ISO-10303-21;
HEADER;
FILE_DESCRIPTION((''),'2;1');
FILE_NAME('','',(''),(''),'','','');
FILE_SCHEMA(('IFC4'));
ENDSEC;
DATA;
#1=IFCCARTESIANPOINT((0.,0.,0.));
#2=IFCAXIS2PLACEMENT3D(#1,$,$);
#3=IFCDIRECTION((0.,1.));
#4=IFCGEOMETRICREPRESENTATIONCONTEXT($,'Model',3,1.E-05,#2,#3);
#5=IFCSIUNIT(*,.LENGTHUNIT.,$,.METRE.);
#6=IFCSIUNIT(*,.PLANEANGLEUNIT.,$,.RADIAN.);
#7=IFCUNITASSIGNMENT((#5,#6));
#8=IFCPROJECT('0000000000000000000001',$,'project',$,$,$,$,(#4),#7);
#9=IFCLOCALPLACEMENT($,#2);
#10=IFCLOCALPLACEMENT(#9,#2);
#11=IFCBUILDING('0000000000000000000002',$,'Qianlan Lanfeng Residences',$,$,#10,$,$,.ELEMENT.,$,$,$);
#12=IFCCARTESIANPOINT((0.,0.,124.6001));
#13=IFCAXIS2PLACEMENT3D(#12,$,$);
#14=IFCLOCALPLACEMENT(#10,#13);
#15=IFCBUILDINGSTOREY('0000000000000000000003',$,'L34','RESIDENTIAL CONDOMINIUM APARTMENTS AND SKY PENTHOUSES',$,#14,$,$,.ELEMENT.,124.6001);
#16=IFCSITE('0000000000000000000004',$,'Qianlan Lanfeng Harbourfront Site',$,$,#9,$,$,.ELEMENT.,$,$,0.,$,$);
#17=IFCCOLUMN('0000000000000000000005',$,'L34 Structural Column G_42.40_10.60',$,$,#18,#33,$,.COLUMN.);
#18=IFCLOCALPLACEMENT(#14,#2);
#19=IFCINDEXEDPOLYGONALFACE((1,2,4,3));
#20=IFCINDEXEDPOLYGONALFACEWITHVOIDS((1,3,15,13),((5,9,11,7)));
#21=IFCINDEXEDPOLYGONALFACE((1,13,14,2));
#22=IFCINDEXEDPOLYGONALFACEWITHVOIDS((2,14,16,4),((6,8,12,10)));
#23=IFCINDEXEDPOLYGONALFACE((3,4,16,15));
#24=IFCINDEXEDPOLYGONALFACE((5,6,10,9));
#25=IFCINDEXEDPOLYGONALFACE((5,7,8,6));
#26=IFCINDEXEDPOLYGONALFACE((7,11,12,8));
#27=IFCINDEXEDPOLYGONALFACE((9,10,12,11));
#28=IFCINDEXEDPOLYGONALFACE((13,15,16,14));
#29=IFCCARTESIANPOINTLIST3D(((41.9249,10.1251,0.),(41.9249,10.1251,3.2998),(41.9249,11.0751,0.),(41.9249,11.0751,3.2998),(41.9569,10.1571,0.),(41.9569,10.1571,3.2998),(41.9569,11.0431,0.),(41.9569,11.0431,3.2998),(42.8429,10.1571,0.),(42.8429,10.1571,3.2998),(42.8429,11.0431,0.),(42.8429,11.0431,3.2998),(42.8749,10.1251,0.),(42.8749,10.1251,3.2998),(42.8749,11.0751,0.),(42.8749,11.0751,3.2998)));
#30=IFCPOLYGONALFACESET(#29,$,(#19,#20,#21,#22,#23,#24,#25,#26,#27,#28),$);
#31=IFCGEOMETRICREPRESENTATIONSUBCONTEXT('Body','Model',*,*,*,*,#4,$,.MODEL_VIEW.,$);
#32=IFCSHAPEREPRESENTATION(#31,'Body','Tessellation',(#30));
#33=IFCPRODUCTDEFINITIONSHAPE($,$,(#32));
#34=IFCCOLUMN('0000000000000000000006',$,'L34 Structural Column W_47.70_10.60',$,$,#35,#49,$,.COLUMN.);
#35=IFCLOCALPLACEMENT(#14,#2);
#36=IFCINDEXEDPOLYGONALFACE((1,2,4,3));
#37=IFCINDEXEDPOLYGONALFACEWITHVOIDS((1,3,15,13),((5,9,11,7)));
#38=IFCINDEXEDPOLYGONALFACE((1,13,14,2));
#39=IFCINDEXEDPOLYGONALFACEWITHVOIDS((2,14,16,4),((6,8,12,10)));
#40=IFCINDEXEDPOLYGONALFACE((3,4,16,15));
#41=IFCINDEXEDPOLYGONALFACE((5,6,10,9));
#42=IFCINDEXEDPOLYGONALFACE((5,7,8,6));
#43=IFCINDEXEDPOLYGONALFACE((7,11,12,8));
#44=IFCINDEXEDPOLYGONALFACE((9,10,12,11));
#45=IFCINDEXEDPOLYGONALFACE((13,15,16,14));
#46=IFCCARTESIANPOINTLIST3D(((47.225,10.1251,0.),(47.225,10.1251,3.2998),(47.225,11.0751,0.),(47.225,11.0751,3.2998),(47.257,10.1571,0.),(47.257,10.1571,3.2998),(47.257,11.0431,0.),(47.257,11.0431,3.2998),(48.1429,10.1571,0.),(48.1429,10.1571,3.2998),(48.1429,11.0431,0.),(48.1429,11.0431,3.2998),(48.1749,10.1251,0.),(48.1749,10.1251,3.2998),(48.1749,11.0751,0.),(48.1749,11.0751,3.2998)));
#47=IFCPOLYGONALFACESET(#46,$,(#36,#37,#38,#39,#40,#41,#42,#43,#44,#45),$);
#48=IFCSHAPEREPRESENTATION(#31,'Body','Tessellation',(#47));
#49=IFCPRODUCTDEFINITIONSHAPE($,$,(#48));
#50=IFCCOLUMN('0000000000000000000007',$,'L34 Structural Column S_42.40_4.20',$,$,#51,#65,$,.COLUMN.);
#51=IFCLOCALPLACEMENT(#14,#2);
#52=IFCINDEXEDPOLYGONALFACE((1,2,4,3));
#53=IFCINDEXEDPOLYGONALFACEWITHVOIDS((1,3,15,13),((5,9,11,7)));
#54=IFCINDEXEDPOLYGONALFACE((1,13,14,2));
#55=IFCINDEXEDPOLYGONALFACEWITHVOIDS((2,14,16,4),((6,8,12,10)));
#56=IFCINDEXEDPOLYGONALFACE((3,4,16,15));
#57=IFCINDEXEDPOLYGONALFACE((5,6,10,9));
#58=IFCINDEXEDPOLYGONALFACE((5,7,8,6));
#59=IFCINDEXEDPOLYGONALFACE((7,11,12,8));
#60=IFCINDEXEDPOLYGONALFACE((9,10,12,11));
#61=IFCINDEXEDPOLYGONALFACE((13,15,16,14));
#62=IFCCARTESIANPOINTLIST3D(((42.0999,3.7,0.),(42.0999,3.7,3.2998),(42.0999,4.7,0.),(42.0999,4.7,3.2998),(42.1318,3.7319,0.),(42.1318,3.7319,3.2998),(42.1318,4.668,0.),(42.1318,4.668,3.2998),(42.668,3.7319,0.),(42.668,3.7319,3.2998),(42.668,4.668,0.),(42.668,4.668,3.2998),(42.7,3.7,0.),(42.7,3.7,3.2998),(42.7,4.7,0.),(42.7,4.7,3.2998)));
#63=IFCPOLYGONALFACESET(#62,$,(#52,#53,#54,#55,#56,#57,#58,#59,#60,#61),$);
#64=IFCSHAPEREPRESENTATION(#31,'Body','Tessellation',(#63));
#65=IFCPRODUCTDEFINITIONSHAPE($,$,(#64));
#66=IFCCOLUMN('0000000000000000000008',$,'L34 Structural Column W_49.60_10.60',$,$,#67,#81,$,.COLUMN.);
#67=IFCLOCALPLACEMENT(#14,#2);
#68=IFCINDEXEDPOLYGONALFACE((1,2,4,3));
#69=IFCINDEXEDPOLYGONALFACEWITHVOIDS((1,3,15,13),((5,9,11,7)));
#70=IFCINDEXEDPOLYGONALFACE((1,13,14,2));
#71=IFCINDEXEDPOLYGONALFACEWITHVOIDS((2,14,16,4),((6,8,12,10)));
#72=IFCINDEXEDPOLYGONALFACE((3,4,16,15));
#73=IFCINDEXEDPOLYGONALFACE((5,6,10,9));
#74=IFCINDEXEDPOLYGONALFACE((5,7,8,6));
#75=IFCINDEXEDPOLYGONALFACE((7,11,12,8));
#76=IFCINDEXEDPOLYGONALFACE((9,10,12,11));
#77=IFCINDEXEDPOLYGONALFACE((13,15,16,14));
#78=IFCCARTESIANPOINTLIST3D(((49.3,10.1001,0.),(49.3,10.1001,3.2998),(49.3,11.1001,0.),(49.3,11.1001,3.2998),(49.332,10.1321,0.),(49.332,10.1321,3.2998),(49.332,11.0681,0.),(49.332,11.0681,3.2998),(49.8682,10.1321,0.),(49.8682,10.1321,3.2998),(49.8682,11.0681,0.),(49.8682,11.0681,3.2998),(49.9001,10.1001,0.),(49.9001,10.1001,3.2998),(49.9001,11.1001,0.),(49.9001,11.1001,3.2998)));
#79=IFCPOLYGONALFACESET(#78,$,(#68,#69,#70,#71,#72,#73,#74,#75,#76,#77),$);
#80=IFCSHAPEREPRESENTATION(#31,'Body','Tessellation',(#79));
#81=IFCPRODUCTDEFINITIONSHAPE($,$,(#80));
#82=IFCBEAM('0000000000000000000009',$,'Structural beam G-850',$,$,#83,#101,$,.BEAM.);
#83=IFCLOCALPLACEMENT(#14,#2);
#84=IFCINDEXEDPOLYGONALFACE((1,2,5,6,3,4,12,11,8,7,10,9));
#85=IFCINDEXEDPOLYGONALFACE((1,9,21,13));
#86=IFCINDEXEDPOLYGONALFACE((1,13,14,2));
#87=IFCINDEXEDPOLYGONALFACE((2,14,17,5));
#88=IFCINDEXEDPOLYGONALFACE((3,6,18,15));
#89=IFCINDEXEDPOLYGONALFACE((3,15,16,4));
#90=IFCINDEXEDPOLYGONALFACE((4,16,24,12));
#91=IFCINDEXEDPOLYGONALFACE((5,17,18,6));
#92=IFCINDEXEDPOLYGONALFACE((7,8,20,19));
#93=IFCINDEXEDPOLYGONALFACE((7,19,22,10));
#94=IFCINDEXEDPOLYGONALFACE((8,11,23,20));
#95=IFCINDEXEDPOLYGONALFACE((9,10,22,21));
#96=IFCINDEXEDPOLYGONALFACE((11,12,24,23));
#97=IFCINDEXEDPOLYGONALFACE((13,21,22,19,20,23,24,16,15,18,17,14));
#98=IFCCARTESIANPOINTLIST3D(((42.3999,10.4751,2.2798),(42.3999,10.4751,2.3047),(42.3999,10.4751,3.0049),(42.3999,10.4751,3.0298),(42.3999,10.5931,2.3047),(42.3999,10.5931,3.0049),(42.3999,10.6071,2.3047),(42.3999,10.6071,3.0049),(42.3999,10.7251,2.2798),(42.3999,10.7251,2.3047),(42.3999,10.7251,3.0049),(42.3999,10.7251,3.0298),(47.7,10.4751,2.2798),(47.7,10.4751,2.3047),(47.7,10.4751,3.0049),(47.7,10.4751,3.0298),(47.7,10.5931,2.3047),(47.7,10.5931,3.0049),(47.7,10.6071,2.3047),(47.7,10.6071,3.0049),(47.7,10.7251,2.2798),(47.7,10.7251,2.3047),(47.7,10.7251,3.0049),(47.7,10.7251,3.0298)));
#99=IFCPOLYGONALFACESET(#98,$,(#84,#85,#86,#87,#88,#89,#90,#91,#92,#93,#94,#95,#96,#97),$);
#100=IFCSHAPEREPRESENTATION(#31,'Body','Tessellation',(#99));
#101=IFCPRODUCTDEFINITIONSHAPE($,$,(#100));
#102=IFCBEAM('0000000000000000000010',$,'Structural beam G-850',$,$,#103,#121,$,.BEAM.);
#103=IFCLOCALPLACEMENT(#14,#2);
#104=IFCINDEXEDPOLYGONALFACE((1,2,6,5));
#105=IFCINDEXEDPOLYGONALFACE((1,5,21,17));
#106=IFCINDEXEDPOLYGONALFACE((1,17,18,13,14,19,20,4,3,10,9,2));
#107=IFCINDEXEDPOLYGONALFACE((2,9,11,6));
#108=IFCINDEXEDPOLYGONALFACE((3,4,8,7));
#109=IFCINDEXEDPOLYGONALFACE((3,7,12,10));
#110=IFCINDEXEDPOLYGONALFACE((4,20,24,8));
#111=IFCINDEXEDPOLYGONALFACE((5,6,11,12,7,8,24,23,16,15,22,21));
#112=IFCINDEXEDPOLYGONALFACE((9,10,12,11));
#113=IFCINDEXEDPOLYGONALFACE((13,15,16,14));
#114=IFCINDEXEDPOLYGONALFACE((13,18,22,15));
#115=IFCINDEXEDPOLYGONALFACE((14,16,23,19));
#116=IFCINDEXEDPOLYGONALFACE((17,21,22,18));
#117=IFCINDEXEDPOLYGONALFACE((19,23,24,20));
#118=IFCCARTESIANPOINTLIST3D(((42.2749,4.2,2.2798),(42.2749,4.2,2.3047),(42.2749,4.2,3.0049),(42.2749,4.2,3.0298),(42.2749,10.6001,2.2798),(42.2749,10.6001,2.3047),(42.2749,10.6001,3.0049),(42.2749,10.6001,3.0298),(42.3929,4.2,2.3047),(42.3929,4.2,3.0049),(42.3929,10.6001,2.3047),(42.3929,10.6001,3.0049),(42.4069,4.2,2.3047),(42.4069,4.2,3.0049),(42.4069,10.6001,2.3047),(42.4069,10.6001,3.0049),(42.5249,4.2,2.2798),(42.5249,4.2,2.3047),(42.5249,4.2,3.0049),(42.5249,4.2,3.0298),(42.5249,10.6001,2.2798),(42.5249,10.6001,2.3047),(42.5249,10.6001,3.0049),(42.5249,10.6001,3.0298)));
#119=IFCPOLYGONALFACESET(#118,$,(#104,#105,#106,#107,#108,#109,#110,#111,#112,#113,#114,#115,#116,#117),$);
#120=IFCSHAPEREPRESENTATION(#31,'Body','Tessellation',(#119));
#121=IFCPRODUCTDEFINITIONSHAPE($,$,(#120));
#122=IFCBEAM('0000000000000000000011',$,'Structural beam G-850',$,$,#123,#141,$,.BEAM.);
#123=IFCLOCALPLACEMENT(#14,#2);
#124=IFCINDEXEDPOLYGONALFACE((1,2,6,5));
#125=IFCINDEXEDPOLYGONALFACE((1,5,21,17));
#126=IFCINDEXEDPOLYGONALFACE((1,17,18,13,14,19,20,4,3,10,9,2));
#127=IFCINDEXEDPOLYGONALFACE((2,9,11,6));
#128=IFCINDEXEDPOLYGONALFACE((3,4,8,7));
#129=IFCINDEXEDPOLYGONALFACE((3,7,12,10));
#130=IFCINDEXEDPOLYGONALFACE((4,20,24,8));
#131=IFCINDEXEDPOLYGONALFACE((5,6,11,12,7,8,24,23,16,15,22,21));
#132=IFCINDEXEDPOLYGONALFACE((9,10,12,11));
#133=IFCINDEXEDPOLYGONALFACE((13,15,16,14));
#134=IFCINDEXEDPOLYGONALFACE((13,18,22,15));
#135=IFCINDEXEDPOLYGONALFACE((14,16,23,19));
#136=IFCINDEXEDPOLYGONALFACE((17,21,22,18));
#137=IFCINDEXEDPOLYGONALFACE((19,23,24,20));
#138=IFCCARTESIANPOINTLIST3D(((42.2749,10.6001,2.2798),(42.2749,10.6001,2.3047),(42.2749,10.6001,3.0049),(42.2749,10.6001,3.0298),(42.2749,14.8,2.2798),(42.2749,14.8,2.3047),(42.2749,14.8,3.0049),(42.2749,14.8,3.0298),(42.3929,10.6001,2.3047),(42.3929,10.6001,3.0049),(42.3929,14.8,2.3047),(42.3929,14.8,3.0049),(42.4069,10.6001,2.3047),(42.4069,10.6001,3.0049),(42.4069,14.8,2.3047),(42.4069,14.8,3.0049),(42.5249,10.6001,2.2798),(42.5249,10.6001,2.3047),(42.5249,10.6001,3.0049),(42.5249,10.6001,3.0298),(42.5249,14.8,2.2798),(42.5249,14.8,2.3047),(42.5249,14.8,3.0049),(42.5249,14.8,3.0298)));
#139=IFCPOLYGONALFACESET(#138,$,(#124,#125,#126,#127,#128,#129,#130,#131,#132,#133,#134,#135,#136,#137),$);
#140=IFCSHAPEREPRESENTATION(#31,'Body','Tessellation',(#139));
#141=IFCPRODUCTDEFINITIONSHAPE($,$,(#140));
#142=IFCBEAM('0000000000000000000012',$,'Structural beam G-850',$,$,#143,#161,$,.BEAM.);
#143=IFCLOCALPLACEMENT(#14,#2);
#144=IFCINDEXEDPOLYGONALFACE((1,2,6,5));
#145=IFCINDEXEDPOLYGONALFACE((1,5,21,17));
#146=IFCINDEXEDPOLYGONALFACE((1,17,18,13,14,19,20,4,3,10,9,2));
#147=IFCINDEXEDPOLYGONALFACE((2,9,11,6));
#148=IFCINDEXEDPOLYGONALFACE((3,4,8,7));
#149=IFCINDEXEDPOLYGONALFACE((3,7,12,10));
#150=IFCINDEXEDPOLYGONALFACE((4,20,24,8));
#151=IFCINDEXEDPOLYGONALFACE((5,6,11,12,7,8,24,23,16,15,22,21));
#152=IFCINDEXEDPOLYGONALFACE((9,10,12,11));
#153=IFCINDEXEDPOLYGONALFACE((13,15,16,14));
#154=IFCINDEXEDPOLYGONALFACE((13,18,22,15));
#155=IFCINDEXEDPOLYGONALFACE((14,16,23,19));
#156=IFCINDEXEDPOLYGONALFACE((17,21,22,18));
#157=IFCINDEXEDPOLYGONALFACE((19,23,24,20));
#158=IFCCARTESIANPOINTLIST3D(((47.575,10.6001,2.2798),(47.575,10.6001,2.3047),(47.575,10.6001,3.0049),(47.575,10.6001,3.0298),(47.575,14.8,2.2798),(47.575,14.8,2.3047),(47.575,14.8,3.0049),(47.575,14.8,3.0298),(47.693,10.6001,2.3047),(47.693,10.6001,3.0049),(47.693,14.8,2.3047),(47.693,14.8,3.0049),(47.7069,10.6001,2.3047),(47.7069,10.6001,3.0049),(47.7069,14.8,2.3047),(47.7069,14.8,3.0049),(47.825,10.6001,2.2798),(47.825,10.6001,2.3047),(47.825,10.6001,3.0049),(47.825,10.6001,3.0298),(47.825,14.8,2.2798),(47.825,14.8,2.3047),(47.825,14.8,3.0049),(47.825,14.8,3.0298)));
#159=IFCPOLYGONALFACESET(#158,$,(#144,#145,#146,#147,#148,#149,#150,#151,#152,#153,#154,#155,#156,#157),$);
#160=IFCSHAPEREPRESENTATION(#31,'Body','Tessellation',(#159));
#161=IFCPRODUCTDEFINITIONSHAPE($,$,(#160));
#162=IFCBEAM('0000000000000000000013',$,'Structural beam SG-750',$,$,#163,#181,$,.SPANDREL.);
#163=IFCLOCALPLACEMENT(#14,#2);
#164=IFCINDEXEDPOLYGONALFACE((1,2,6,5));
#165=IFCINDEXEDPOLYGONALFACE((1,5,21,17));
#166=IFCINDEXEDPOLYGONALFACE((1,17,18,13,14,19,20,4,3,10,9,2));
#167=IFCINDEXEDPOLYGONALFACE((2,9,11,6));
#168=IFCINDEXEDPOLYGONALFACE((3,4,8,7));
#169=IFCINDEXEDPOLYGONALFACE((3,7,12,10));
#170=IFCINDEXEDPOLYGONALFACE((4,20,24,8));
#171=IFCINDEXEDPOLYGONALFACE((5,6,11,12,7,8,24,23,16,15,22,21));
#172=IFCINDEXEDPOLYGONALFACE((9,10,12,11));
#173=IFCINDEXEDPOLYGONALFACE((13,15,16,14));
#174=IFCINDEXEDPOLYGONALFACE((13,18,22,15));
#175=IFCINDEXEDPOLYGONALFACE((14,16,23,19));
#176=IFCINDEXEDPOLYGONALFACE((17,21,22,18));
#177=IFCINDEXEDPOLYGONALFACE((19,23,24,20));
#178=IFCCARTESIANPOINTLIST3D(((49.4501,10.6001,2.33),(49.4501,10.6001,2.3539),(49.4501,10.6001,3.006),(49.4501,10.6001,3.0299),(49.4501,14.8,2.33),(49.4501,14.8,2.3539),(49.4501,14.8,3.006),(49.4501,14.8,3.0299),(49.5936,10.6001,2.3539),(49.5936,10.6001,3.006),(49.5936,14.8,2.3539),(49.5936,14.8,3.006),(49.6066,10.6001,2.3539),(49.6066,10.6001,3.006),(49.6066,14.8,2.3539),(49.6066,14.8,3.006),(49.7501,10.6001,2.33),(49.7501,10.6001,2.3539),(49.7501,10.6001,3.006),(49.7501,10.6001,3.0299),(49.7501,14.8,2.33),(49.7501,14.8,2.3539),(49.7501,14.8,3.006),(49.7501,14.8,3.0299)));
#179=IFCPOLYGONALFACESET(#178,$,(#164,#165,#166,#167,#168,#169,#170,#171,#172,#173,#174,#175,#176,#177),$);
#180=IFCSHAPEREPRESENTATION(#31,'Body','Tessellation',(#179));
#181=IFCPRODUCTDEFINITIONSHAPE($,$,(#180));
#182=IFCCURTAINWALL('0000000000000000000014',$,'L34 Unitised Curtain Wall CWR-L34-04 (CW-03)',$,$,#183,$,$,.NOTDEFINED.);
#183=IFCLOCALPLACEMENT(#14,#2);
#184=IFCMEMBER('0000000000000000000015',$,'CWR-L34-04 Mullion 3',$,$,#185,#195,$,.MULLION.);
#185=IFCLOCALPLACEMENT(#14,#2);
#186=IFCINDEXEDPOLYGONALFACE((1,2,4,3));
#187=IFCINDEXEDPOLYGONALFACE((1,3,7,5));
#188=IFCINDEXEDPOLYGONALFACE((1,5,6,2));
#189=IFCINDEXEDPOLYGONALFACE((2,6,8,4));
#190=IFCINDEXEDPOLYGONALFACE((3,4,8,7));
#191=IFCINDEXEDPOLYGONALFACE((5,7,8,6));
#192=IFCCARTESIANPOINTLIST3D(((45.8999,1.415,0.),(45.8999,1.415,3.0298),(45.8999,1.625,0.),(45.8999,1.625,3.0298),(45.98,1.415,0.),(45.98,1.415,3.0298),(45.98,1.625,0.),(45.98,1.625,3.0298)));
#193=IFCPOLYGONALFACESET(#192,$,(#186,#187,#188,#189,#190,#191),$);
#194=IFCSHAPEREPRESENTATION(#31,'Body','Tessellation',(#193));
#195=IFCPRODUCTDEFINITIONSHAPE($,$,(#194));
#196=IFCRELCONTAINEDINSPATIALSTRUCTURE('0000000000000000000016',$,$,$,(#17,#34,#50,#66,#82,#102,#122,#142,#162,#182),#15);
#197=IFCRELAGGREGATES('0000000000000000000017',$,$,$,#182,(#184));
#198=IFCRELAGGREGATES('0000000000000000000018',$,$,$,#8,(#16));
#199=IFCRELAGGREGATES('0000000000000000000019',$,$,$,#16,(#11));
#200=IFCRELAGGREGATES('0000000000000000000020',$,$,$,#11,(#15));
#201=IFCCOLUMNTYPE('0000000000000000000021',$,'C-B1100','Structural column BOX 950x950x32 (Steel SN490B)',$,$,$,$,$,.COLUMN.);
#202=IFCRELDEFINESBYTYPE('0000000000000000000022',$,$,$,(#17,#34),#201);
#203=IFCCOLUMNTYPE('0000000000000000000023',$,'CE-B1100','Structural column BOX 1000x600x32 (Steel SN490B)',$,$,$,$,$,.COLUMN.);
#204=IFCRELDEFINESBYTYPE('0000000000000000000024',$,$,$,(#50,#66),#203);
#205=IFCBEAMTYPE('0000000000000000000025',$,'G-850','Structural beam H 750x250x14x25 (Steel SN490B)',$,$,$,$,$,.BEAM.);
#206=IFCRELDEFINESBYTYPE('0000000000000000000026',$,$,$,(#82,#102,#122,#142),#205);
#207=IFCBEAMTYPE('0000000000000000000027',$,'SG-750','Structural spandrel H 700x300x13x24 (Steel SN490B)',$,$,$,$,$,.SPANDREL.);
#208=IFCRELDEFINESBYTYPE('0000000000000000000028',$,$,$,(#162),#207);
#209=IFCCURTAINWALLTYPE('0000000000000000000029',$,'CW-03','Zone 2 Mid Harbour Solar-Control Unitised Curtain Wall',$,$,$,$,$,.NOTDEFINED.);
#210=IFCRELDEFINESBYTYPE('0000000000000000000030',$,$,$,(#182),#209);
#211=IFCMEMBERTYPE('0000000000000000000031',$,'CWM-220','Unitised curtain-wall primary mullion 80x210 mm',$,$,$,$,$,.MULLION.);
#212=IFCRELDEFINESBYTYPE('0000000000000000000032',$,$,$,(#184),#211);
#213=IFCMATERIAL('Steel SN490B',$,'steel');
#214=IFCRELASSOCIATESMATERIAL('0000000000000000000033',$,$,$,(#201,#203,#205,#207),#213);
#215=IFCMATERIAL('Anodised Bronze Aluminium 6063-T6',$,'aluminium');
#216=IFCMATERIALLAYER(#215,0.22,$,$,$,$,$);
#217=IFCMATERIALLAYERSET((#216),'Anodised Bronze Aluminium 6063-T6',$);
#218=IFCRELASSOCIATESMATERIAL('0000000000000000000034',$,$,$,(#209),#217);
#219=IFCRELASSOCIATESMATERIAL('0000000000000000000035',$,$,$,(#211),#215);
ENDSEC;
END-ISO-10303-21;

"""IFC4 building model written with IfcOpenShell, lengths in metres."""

from ifc_helpers import new_model, si_unit, direction, frame, origin, origin_2d, place, context, subcontext, project, spatial, rectangle, hollow_rectangle, i_section, extrude, source, transform, mapped, material, layer, layer_set, material_profile, profile_set, type_object, element, aggregate, save


model = new_model("IFC4")

# Units and contexts
model_context = context("Model", 3, precision=1e-05, world=origin(), true_north=direction((0.0, 1.0)))
body_context = subcontext(model_context, "Body", "Model", "MODEL_VIEW")
ifc_project = project(units=[si_unit("LENGTHUNIT", "METRE"), si_unit("PLANEANGLEUNIT", "RADIAN")], contexts=[model_context])

# Site, building, storey
site_placement = place(None, origin())
site = spatial("IfcSite", under=ifc_project, at=site_placement, Name="Qianlan Lanfeng Harbourfront Site", CompositionType="ELEMENT", RefElevation=0.0)
building_placement = place(site_placement, origin())
building = spatial("IfcBuilding", under=site, at=building_placement, Name="Qianlan Lanfeng Residences", CompositionType="ELEMENT")
storey_placement = place(building_placement, frame((0.0, 0.0, 124.6001)))
storey = spatial("IfcBuildingStorey", under=building, at=storey_placement, Name="L34", Description="RESIDENTIAL CONDOMINIUM APARTMENTS AND SKY PENTHOUSES", CompositionType="ELEMENT", Elevation=124.6001)

# Columns
ifc_material_1 = material(Name="Steel SN490B", Category="steel")
ifc_material_profile_1 = material_profile(ifc_material_1, hollow_rectangle(XDim=0.95, YDim=0.95, WallThickness=0.032, at=origin_2d()), Name="BOX 950x950x32")
ifc_profile_set_1 = profile_set([ifc_material_profile_1], Name="Steel SN490B")
column_type_1 = type_object("IfcColumnType", Name="C-B1100", Description="Structural column BOX 950x950x32 (Steel SN490B)", PredefinedType="COLUMN", material=ifc_profile_set_1)
for number, where, z_axis, x_axis, name in (
    (1, (42.3999, 10.6001, 0.0), (0.0, 0.0, 1.0), (1.0, 0.0, 0.0), "L34 Structural Column G_42.40_10.60"),
    (2, (47.7, 10.6001, 0.0), (0.0, 0.0, 1.0), (1.0, 0.0, 0.0), "L34 Structural Column W_47.70_10.60"),
):
    element("IfcColumn", number, at=place(storey_placement, frame(where, z_axis=z_axis, x_axis=x_axis)), inside=storey, type_object=column_type_1, Name=name, PredefinedType="COLUMN", context=body_context, shape_type="SweptSolid", body=[
        extrude(hollow_rectangle(XDim=0.95, YDim=0.95, WallThickness=0.032, at=origin_2d()), origin(), (0.0, 0.0, 1.0), 3.2998),
    ])
ifc_material_profile_2 = material_profile(ifc_material_1, hollow_rectangle(XDim=0.6001, YDim=1.0, WallThickness=0.032, at=origin_2d()), Name="BOX 1000x600x32")
ifc_profile_set_2 = profile_set([ifc_material_profile_2], Name="Steel SN490B")
column_type_2 = type_object("IfcColumnType", Name="CE-B1100", Description="Structural column BOX 1000x600x32 (Steel SN490B)", PredefinedType="COLUMN", material=ifc_profile_set_2)
for number, where, z_axis, x_axis, name in (
    (3, (42.3999, 4.2, 0.0), (0.0, 0.0, 1.0), (1.0, 0.0, 0.0), "L34 Structural Column S_42.40_4.20"),
    (4, (49.6001, 10.6001, 0.0), (0.0, 0.0, 1.0), (1.0, 0.0, 0.0), "L34 Structural Column W_49.60_10.60"),
):
    element("IfcColumn", number, at=place(storey_placement, frame(where, z_axis=z_axis, x_axis=x_axis)), inside=storey, type_object=column_type_2, Name=name, PredefinedType="COLUMN", context=body_context, shape_type="SweptSolid", body=[
        extrude(hollow_rectangle(XDim=0.6001, YDim=1.0, WallThickness=0.032, at=origin_2d()), origin(), (0.0, 0.0, 1.0), 3.2998),
    ])

# Beams
ifc_material_profile_3 = material_profile(ifc_material_1, i_section(OverallWidth=0.25, OverallDepth=0.75, WebThickness=0.0139, FlangeThickness=0.0249, at=origin_2d()), Name="H 750x250x14x25")
ifc_profile_set_3 = profile_set([ifc_material_profile_3], Name="Steel SN490B")
beam_type_1 = type_object("IfcBeamType", Name="G-850", Description="Structural beam H 750x250x14x25 (Steel SN490B)", PredefinedType="BEAM", material=ifc_profile_set_3)
beam_1_placement = place(storey_placement, frame((42.3999, 10.6001, 2.6548), z_axis=(1.0, 0.0, 0.0), x_axis=(0.0, 1.0, 0.0)))
element("IfcBeam", 5, at=beam_1_placement, inside=storey, type_object=beam_type_1, Name="Structural beam G-850", PredefinedType="BEAM", context=body_context, shape_type="SweptSolid", body=[
    extrude(i_section(OverallWidth=0.25, OverallDepth=0.75, WebThickness=0.0139, FlangeThickness=0.0249, at=origin_2d()), origin(), (0.0, 0.0, 1.0), 5.3),
])
beam_2_placement = place(storey_placement, frame((42.3999, 4.2, 2.6548), z_axis=(0.0, 1.0, 0.0), x_axis=(-1.0, 0.0, 0.0)))
element("IfcBeam", 6, at=beam_2_placement, inside=storey, type_object=beam_type_1, Name="Structural beam G-850", PredefinedType="BEAM", context=body_context, shape_type="SweptSolid", body=[
    extrude(i_section(OverallWidth=0.25, OverallDepth=0.75, WebThickness=0.0139, FlangeThickness=0.0249, at=origin_2d()), origin(), (0.0, 0.0, 1.0), 6.4001),
])
for number, where, z_axis, x_axis, name in (
    (7, (42.3999, 10.6001, 2.6548), (0.0, 1.0, 0.0), (-1.0, 0.0, 0.0), "Structural beam G-850"),
    (8, (47.7, 10.6001, 2.6548), (0.0, 1.0, 0.0), (-1.0, 0.0, 0.0), "Structural beam G-850"),
):
    element("IfcBeam", number, at=place(storey_placement, frame(where, z_axis=z_axis, x_axis=x_axis)), inside=storey, type_object=beam_type_1, Name=name, PredefinedType="BEAM", context=body_context, shape_type="SweptSolid", body=[
        extrude(i_section(OverallWidth=0.25, OverallDepth=0.75, WebThickness=0.0139, FlangeThickness=0.0249, at=origin_2d()), origin(), (0.0, 0.0, 1.0), 4.2),
    ])
ifc_material_profile_4 = material_profile(ifc_material_1, i_section(OverallWidth=0.3, OverallDepth=0.7, WebThickness=0.0129, FlangeThickness=0.0239, at=origin_2d()), Name="H 700x300x13x24")
ifc_profile_set_4 = profile_set([ifc_material_profile_4], Name="Steel SN490B")
beam_type_2 = type_object("IfcBeamType", Name="SG-750", Description="Structural spandrel H 700x300x13x24 (Steel SN490B)", PredefinedType="SPANDREL", material=ifc_profile_set_4)
beam_3_placement = place(storey_placement, frame((49.6001, 10.6001, 2.6799), z_axis=(0.0, 1.0, 0.0), x_axis=(-1.0, 0.0, 0.0)))
element("IfcBeam", 9, at=beam_3_placement, inside=storey, type_object=beam_type_2, Name="Structural beam SG-750", PredefinedType="SPANDREL", context=body_context, shape_type="SweptSolid", body=[
    extrude(i_section(OverallWidth=0.3, OverallDepth=0.7, WebThickness=0.0129, FlangeThickness=0.0239, at=origin_2d()), origin(), (0.0, 0.0, 1.0), 4.2),
])

# Curtain wall, member
ifc_material_2 = material(Name="Anodised Bronze Aluminium 6063-T6", Category="aluminium")
ifc_layer_1 = layer(ifc_material_2, 0.22)
ifc_layer_set_1 = layer_set([ifc_layer_1], Name="Anodised Bronze Aluminium 6063-T6")
curtain_wall_type = type_object("IfcCurtainWallType", Name="CW-03", Description="Zone 2 Mid Harbour Solar-Control Unitised Curtain Wall", PredefinedType="NOTDEFINED", material=ifc_layer_set_1)
curtain_wall_1_placement = place(storey_placement, origin())
curtain_wall_1 = element("IfcCurtainWall", 10, at=curtain_wall_1_placement, inside=storey, type_object=curtain_wall_type, Name="L34 Unitised Curtain Wall CWR-L34-04 (CW-03)", PredefinedType="NOTDEFINED")
ifc_material_profile_5 = material_profile(ifc_material_2, rectangle(XDim=0.0801, YDim=0.21, at=origin_2d()), Name="ALU MULLION 80x210")
ifc_profile_set_5 = profile_set([ifc_material_profile_5], Name="Anodised Bronze Aluminium 6063-T6")
member_type_1 = type_object("IfcMemberType", Name="CWM-220", Description="Unitised curtain-wall primary mullion 80x210 mm", PredefinedType="MULLION", material=ifc_profile_set_5)
shared_shape_1 = source(origin(), body_context, "Body", "SweptSolid", [
    extrude(rectangle(XDim=0.0801, YDim=0.21, at=origin_2d()), origin(), (0.0, 0.0, 1.0), 3.0298),
])
member_1_placement = place(storey_placement, frame((45.9399, 1.52, 0.0), z_axis=(0.0, 0.0, 1.0), x_axis=(1.0, 0.0, 0.0)))
member_1 = element("IfcMember", 11, at=member_1_placement, type_object=member_type_1, Name="CWR-L34-04 Mullion 3", PredefinedType="MULLION", context=body_context, shape_type="MappedRepresentation", body=[
    mapped(shared_shape_1, transform((0.0, 0.0, 0.0), scale=1.0)),
])

aggregate(curtain_wall_1, [member_1])

save(model, "model.ifc")
